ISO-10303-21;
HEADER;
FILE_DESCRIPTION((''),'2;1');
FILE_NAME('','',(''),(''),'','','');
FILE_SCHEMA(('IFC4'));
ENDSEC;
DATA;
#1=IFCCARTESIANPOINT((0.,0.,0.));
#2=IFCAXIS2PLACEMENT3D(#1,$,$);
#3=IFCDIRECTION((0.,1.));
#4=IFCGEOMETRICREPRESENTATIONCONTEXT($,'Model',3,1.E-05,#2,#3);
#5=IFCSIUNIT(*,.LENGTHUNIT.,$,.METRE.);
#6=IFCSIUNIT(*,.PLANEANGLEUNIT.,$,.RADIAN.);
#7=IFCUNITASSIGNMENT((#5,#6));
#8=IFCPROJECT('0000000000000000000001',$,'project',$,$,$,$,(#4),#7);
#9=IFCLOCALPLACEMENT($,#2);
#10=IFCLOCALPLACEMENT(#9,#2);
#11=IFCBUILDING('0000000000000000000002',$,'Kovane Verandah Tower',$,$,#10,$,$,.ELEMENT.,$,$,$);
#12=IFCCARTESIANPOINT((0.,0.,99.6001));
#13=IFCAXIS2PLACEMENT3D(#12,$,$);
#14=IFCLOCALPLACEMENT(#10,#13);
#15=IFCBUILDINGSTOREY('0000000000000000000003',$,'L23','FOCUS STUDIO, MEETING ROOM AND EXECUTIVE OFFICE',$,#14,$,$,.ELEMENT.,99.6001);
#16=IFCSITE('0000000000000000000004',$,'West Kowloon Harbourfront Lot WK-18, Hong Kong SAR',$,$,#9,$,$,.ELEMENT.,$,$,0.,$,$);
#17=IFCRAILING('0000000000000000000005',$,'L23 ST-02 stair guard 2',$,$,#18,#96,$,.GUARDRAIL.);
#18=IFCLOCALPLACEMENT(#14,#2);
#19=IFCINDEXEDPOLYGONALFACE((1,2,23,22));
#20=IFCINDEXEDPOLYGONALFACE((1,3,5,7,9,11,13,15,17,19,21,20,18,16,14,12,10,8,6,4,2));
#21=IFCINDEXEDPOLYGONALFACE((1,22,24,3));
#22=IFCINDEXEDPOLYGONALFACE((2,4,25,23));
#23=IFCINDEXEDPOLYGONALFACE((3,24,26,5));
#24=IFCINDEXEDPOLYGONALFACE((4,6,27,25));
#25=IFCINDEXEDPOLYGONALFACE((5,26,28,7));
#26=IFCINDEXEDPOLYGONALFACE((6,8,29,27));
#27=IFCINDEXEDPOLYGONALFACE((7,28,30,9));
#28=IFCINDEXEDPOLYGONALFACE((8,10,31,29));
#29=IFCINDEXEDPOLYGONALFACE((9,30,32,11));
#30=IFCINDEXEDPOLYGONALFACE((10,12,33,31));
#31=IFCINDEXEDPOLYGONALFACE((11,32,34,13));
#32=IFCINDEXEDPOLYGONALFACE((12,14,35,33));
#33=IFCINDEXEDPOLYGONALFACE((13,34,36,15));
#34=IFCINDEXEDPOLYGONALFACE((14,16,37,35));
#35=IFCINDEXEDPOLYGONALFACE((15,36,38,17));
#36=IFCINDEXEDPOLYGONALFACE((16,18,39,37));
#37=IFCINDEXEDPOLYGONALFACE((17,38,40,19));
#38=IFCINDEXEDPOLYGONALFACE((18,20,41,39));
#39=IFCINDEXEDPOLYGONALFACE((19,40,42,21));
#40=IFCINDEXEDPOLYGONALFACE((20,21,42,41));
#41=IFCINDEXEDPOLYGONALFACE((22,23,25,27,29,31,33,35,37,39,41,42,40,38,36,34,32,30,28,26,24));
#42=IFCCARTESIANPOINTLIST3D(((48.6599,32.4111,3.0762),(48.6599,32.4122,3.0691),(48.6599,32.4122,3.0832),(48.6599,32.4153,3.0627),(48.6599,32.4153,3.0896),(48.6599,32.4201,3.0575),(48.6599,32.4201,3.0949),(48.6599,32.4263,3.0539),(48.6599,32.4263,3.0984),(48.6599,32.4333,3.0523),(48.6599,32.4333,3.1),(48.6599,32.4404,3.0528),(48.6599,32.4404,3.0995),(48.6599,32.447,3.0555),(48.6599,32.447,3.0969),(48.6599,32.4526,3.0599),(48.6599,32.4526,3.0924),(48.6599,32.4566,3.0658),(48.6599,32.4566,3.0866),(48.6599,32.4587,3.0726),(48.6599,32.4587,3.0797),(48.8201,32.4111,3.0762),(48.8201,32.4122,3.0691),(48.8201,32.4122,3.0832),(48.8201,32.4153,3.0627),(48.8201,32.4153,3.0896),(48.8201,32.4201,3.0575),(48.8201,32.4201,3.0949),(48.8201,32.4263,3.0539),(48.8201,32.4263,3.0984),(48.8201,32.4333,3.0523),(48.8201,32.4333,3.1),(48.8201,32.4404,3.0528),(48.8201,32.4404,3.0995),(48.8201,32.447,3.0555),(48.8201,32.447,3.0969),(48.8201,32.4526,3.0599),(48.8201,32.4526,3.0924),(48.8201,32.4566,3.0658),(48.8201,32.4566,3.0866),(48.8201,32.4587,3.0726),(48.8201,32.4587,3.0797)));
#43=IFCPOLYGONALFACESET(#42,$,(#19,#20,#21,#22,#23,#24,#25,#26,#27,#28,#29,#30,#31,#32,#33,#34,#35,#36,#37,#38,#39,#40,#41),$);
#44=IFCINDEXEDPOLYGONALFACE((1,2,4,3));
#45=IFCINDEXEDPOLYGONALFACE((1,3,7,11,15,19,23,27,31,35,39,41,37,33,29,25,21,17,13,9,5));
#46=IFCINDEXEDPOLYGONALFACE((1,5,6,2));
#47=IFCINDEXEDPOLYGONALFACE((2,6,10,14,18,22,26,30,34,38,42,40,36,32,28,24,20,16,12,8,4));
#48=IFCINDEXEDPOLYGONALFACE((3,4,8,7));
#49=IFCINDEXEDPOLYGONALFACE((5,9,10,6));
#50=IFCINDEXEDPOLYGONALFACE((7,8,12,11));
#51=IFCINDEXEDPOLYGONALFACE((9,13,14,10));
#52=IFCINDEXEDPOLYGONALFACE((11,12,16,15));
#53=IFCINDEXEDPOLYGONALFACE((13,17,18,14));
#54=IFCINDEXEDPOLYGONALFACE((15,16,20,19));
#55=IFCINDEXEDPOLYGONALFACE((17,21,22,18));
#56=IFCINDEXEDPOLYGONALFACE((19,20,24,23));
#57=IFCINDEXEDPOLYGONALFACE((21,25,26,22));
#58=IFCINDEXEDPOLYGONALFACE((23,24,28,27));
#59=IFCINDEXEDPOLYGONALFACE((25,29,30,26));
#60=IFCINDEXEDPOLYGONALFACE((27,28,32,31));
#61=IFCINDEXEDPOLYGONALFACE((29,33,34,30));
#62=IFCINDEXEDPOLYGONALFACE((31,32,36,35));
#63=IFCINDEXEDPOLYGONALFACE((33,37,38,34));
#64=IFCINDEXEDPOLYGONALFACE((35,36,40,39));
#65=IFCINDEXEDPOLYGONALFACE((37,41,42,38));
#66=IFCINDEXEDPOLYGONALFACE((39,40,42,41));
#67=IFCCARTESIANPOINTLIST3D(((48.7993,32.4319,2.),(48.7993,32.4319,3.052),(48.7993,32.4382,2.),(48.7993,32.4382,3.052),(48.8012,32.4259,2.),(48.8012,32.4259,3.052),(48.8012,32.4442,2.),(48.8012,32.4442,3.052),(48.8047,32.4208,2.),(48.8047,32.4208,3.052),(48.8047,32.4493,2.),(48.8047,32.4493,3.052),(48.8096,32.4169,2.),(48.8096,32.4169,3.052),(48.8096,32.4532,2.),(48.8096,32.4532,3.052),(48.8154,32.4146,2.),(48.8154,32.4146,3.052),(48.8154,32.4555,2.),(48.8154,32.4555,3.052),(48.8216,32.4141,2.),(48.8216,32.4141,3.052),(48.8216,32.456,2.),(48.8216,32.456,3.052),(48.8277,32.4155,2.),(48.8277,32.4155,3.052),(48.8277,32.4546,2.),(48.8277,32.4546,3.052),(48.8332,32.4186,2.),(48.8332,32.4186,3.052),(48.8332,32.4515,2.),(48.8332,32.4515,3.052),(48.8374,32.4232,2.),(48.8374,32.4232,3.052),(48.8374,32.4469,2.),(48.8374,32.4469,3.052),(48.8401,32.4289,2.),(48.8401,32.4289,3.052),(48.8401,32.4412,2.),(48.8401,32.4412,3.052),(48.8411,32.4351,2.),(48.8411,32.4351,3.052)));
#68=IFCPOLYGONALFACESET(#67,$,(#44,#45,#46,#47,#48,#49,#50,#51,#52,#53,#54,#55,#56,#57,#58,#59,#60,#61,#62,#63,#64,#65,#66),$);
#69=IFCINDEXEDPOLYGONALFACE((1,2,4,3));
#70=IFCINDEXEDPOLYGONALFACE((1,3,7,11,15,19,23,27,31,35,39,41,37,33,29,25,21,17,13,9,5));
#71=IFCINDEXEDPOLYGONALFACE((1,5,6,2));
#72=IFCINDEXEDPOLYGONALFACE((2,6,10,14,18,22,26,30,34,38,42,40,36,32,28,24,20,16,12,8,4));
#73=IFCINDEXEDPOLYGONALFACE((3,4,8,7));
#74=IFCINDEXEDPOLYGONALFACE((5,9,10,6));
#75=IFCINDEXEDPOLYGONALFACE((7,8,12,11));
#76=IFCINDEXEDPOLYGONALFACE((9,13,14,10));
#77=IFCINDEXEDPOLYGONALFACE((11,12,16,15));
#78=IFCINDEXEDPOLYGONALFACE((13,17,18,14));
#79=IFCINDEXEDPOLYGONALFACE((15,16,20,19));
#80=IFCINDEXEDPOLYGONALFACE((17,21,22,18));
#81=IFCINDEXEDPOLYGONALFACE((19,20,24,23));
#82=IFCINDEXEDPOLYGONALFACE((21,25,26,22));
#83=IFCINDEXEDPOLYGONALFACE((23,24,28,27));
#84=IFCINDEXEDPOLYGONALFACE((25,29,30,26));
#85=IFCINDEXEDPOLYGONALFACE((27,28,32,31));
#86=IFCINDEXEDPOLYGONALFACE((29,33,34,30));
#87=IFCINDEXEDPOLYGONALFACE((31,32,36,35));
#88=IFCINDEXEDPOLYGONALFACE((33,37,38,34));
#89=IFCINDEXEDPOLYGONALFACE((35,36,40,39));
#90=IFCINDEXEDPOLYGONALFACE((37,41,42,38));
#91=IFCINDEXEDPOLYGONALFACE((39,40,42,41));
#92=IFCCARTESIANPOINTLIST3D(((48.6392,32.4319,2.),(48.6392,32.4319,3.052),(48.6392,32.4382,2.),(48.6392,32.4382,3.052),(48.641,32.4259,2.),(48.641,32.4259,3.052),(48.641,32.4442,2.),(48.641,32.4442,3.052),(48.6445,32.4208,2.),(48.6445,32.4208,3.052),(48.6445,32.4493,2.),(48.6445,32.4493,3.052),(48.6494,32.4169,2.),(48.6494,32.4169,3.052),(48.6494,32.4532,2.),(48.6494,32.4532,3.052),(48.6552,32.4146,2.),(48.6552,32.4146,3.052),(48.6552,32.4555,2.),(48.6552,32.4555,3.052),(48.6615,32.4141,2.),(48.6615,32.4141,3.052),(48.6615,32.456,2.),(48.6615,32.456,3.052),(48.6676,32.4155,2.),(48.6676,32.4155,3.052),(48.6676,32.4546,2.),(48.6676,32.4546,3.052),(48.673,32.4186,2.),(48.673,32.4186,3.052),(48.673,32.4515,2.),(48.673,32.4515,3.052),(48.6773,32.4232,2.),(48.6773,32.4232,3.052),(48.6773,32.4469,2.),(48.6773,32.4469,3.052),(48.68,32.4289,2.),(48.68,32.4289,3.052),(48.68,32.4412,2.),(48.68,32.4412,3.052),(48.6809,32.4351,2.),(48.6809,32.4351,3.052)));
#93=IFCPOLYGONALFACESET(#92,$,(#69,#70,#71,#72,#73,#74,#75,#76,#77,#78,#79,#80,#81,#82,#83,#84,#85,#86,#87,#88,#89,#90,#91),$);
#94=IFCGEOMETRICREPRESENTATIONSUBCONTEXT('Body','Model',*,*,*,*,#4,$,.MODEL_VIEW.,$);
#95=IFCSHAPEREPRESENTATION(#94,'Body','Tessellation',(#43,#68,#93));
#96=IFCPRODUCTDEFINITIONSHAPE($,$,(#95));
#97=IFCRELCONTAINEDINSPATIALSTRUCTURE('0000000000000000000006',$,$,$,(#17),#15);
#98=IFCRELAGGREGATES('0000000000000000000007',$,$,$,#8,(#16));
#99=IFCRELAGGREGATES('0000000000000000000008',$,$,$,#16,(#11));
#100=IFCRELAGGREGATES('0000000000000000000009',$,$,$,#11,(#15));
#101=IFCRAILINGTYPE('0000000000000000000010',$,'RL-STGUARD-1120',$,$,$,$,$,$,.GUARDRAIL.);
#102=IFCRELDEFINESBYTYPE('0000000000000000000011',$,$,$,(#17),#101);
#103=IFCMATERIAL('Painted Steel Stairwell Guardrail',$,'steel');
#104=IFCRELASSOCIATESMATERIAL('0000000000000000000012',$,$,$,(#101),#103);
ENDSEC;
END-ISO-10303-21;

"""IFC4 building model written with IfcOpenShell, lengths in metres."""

from ifc_helpers import new_model, si_unit, direction, frame, origin, origin_2d, place, context, subcontext, project, spatial, circle, extrude, material, type_object, element, save


model = new_model("IFC4")

# Units and contexts
model_context = context("Model", 3, precision=1e-05, world=origin(), true_north=direction((0.0, 1.0)))
body_context = subcontext(model_context, "Body", "Model", "MODEL_VIEW")
ifc_project = project(units=[si_unit("LENGTHUNIT", "METRE"), si_unit("PLANEANGLEUNIT", "RADIAN")], contexts=[model_context])

# Site, building, storey
site_placement = place(None, origin())
site = spatial("IfcSite", under=ifc_project, at=site_placement, Name="West Kowloon Harbourfront Lot WK-18, Hong Kong SAR", CompositionType="ELEMENT", RefElevation=0.0)
building_placement = place(site_placement, origin())
building = spatial("IfcBuilding", under=site, at=building_placement, Name="Kovane Verandah Tower", CompositionType="ELEMENT")
storey_placement = place(building_placement, frame((0.0, 0.0, 99.6001)))
storey = spatial("IfcBuildingStorey", under=building, at=storey_placement, Name="L23", Description="FOCUS STUDIO, MEETING ROOM AND EXECUTIVE OFFICE", CompositionType="ELEMENT", Elevation=99.6001)

# Railing
ifc_material_1 = material(Name="Painted Steel Stairwell Guardrail", Category="steel")
railing_type_1 = type_object("IfcRailingType", Name="RL-STGUARD-1120", PredefinedType="GUARDRAIL", material=ifc_material_1)
railing_1_placement = place(storey_placement, frame((48.8201, 32.4351, 2.0)))
element("IfcRailing", 1, at=railing_1_placement, inside=storey, type_object=railing_type_1, Name="L23 ST-02 stair guard 2", PredefinedType="GUARDRAIL", context=body_context, shape_type="SweptSolid", body=[
    extrude(circle(Radius=0.0239, at=origin_2d()), frame((0.0, 0.0, 1.0762), z_axis=(-1.0, 0.0, 0.0), x_axis=(0.0, -1.0, 0.0)), (0.0, 0.0, 1.0), 0.1602),
    extrude(circle(Radius=0.021, at=origin_2d()), origin(), (0.0, 0.0, 1.0), 1.052),
    extrude(circle(Radius=0.021, at=origin_2d()), frame((-0.1602, 0.0, 0.0)), (0.0, 0.0, 1.0), 1.052),
])

save(model, "model.ifc")
